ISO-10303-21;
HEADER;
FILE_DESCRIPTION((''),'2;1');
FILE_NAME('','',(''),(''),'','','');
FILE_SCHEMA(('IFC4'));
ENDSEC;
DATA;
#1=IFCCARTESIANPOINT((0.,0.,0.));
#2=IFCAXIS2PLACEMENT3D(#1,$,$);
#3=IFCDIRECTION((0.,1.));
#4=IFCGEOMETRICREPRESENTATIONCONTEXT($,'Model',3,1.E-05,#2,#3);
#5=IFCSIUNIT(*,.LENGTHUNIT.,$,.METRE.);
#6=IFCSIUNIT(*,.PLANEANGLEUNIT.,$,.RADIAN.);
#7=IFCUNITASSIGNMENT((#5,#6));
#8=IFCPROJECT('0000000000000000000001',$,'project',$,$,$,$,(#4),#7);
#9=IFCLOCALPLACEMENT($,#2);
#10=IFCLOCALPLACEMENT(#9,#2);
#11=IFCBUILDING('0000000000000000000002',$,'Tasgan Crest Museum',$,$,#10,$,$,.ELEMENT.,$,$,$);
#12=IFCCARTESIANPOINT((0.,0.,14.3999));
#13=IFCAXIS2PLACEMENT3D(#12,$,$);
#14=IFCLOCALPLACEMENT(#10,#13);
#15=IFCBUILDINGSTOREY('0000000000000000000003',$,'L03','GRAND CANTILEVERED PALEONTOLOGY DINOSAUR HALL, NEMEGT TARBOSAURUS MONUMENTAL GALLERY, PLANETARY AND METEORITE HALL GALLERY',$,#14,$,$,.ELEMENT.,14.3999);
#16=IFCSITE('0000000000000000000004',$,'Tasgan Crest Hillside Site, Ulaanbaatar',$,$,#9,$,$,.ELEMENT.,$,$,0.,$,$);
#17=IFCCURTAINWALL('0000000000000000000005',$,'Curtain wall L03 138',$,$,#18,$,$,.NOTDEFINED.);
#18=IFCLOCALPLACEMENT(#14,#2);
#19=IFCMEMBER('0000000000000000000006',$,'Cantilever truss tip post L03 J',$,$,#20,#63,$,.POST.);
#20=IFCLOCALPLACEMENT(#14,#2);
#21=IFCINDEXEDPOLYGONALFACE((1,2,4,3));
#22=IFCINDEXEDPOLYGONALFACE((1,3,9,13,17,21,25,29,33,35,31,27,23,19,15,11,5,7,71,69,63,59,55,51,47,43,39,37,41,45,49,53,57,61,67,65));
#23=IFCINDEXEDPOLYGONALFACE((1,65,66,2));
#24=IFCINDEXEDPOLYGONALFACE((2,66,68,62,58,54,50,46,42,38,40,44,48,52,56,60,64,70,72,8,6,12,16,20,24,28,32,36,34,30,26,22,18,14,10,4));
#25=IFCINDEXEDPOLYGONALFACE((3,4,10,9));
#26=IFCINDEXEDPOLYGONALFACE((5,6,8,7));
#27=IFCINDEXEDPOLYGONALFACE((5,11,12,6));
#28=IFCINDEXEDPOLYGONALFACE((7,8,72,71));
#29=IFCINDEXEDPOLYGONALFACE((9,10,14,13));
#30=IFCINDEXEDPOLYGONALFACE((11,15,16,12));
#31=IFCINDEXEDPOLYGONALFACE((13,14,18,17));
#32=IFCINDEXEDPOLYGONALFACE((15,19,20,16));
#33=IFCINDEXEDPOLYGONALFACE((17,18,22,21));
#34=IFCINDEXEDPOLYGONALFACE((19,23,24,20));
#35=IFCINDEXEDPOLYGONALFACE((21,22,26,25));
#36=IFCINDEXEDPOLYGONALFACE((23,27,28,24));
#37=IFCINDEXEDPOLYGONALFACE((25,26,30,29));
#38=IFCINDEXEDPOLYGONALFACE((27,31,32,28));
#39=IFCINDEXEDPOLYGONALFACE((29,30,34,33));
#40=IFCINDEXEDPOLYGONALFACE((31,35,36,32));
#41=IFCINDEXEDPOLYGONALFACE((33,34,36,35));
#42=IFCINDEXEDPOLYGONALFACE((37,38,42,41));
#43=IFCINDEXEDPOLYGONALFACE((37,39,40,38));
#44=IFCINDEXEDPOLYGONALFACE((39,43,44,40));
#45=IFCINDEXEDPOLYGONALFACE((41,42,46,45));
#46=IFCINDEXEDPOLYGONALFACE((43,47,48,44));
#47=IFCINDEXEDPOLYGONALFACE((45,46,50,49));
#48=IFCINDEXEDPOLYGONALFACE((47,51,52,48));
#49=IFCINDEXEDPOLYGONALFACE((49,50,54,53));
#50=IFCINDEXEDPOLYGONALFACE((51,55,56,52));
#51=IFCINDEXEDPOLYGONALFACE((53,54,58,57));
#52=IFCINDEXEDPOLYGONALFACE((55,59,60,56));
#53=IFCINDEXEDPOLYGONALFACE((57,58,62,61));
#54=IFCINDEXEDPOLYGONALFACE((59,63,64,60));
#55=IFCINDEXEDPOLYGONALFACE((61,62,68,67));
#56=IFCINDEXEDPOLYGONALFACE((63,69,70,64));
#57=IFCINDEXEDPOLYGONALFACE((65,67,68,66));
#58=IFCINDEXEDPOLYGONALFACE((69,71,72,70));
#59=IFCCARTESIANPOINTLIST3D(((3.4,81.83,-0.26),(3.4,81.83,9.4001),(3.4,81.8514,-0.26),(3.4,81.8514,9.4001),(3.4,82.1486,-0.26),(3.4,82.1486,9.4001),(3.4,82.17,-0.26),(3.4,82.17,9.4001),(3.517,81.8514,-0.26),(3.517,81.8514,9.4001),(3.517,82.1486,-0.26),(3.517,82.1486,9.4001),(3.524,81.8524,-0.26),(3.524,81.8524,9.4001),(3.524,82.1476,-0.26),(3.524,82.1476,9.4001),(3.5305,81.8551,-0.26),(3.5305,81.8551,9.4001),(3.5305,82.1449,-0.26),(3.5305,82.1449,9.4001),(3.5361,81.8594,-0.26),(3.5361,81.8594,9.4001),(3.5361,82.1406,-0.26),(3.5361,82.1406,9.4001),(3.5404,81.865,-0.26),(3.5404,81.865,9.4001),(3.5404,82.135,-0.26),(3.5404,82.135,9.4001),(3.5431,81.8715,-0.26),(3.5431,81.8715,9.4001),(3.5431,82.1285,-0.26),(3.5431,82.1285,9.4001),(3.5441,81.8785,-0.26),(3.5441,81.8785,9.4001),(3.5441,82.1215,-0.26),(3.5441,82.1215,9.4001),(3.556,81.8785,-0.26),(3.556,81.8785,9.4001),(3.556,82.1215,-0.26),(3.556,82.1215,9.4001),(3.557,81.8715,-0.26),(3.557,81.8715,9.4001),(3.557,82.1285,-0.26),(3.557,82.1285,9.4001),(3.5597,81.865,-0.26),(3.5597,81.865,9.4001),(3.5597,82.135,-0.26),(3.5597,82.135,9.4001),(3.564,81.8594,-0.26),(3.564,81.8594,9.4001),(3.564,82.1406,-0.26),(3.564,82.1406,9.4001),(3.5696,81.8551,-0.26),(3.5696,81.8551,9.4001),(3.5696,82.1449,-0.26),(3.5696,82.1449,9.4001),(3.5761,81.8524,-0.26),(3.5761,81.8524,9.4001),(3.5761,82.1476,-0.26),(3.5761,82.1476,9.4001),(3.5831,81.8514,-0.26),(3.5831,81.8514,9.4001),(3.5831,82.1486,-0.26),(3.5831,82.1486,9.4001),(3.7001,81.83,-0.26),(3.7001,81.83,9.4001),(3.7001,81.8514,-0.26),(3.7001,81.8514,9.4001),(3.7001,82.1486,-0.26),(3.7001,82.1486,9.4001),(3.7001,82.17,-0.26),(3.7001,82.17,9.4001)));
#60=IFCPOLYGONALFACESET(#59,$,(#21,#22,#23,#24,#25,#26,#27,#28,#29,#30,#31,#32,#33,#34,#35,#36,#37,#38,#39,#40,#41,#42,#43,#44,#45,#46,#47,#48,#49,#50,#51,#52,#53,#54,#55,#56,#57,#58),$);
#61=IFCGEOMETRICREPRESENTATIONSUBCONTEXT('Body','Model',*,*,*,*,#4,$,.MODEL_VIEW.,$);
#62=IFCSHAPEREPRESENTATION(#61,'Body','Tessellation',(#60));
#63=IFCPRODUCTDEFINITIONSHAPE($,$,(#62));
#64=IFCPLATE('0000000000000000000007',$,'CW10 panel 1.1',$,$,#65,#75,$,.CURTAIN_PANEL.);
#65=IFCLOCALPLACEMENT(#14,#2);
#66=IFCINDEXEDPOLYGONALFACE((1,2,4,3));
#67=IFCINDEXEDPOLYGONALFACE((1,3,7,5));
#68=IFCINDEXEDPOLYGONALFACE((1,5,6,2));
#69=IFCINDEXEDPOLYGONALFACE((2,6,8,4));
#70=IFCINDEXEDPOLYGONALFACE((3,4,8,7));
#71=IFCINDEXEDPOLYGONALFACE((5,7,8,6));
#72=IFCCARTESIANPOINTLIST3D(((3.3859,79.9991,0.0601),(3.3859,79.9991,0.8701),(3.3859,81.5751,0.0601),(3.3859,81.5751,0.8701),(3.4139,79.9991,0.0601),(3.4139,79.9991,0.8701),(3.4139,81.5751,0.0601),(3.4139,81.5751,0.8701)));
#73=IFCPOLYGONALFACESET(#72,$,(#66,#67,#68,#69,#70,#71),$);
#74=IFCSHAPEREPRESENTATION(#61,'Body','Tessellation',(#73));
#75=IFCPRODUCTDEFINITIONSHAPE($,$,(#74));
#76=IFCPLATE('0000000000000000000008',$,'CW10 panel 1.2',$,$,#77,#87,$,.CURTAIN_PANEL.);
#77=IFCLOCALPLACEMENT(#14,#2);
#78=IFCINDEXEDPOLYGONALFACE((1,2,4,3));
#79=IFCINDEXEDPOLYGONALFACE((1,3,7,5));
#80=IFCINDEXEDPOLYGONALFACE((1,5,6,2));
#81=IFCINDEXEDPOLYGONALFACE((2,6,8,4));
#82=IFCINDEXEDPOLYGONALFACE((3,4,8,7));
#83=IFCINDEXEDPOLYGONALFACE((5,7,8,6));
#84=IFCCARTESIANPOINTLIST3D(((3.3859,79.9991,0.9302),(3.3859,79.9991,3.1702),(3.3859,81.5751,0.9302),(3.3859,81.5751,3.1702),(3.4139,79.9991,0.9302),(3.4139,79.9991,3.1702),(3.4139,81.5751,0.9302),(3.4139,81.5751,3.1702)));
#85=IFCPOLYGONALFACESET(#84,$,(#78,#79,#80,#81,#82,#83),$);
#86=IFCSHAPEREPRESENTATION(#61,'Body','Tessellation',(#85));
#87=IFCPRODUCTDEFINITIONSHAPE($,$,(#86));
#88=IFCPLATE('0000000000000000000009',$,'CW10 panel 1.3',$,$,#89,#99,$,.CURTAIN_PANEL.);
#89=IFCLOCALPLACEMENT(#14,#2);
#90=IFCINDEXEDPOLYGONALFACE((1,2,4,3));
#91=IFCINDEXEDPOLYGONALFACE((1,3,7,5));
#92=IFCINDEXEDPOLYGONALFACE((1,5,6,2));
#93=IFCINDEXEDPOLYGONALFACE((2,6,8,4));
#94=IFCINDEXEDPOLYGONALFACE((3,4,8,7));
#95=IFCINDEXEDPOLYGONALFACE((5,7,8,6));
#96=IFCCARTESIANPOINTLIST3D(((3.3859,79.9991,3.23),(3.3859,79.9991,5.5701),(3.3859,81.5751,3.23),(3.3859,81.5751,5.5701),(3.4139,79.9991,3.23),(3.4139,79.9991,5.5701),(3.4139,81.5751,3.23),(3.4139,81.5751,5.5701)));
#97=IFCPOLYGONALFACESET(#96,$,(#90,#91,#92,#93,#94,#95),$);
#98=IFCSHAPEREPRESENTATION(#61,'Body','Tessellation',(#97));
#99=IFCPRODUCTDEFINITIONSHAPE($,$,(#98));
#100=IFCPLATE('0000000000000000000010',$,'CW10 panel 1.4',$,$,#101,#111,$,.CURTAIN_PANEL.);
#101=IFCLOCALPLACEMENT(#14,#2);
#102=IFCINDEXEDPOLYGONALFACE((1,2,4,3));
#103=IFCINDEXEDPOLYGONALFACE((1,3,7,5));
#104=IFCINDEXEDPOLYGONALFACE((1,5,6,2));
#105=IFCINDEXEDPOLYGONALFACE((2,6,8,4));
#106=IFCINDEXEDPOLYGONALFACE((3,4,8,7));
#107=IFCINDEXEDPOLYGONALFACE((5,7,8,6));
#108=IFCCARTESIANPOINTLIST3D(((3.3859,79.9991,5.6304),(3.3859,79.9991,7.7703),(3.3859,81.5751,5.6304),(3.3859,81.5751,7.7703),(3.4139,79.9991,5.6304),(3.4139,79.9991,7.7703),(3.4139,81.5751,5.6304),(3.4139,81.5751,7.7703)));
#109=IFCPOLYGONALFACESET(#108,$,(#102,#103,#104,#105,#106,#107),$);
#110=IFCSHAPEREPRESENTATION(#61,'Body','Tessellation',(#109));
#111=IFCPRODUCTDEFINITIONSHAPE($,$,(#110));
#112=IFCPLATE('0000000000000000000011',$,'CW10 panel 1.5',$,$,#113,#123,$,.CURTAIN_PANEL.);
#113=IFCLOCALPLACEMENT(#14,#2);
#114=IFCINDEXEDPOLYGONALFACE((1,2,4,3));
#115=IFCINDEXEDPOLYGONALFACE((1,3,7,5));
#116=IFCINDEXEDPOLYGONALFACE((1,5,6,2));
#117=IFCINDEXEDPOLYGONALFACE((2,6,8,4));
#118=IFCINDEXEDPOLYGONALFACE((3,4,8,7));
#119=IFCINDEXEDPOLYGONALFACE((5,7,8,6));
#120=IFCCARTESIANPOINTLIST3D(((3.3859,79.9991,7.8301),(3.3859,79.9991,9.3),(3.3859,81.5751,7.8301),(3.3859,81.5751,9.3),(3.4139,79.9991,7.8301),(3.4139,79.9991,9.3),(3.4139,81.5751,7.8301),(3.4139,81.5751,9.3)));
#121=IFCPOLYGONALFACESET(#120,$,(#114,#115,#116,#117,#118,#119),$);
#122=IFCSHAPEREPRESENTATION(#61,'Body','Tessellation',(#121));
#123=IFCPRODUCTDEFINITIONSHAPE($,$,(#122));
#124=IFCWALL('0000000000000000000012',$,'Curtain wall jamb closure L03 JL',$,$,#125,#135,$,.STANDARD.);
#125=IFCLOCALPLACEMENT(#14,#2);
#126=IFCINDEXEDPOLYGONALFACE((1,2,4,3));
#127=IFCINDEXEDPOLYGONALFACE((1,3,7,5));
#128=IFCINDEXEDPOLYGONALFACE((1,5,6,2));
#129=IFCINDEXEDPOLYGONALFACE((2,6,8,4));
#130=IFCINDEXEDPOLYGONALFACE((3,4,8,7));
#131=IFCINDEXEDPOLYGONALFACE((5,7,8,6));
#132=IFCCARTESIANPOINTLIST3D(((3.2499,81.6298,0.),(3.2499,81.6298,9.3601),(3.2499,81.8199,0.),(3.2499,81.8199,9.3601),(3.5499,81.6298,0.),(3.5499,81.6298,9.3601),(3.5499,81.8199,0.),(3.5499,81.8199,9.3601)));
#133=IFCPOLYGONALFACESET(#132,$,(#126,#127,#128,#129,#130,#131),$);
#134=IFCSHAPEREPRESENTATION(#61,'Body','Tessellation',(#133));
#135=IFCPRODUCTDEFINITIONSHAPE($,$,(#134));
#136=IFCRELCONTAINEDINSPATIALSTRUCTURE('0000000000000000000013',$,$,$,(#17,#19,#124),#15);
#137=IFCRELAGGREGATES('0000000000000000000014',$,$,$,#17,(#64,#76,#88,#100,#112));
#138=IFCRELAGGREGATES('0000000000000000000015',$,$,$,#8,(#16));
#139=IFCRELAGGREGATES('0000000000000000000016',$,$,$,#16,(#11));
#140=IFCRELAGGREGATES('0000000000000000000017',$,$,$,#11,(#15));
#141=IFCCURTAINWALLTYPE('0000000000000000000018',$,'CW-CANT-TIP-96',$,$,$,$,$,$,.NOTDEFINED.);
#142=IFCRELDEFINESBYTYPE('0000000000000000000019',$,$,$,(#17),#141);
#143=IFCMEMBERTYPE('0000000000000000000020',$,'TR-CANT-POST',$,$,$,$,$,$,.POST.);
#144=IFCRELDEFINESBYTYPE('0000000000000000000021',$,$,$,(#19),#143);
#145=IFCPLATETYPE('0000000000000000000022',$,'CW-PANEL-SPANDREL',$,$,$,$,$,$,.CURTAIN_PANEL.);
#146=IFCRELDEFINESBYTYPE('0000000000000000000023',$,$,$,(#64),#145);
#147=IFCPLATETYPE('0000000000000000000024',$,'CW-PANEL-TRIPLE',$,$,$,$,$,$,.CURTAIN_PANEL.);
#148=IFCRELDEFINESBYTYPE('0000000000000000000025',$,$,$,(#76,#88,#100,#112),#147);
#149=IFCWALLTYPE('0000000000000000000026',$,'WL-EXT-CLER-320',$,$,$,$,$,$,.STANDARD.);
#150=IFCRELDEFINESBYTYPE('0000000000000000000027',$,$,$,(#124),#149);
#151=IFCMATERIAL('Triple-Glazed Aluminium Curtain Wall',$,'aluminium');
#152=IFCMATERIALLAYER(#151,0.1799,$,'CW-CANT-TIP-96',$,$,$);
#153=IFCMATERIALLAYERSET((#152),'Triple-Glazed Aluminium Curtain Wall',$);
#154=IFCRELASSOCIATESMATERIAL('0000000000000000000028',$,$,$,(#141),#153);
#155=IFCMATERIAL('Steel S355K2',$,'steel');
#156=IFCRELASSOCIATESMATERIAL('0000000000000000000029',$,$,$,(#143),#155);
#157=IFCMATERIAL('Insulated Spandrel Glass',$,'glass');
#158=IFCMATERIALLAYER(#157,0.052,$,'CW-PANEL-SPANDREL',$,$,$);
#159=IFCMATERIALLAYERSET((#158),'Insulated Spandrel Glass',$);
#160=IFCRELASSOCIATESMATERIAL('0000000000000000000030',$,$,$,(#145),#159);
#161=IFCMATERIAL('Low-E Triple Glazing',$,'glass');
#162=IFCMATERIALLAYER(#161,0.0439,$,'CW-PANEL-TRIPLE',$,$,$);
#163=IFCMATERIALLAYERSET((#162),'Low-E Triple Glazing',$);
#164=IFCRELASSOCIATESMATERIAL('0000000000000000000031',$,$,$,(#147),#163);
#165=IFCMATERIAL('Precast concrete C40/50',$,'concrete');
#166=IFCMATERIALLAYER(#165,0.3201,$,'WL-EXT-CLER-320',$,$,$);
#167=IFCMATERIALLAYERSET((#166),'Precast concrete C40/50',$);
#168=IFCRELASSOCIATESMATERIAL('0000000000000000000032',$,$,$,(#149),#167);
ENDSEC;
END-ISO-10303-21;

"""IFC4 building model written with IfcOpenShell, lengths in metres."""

from ifc_helpers import new_model, si_unit, direction, frame, frame_2d, origin, origin_2d, place, context, subcontext, project, spatial, rectangle, i_section, extrude, material, layer, layer_set, material_profile, profile_set, type_object, element, aggregate, save


model = new_model("IFC4")

# Units and contexts
model_context = context("Model", 3, precision=1e-05, world=origin(), true_north=direction((0.0, 1.0)))
body_context = subcontext(model_context, "Body", "Model", "MODEL_VIEW")
ifc_project = project(units=[si_unit("LENGTHUNIT", "METRE"), si_unit("PLANEANGLEUNIT", "RADIAN")], contexts=[model_context])

# Site, building, storey
site_placement = place(None, origin())
site = spatial("IfcSite", under=ifc_project, at=site_placement, Name="Tasgan Crest Hillside Site, Ulaanbaatar", CompositionType="ELEMENT", RefElevation=0.0)
building_placement = place(site_placement, origin())
building = spatial("IfcBuilding", under=site, at=building_placement, Name="Tasgan Crest Museum", CompositionType="ELEMENT")
storey_placement = place(building_placement, frame((0.0, 0.0, 14.3999)))
storey = spatial("IfcBuildingStorey", under=building, at=storey_placement, Name="L03", Description="GRAND CANTILEVERED PALEONTOLOGY DINOSAUR HALL, NEMEGT TARBOSAURUS MONUMENTAL GALLERY, PLANETARY AND METEORITE HALL GALLERY", CompositionType="ELEMENT", Elevation=14.3999)

# Curtain wall
ifc_material_1 = material(Name="Triple-Glazed Aluminium Curtain Wall", Category="aluminium")
ifc_layer_1 = layer(ifc_material_1, 0.1799, Name="CW-CANT-TIP-96")
ifc_layer_set_1 = layer_set([ifc_layer_1], Name="Triple-Glazed Aluminium Curtain Wall")
curtain_wall_type = type_object("IfcCurtainWallType", Name="CW-CANT-TIP-96", PredefinedType="NOTDEFINED", material=ifc_layer_set_1)
curtain_wall_placement = place(storey_placement, origin())
curtain_wall = element("IfcCurtainWall", 1, at=curtain_wall_placement, inside=storey, type_object=curtain_wall_type, Name="Curtain wall L03 138", PredefinedType="NOTDEFINED")

# Member
ifc_material_2 = material(Name="Steel S355K2", Category="steel")
ifc_material_profile_1 = material_profile(ifc_material_2, i_section(OverallWidth=0.3, OverallDepth=0.3401, WebThickness=0.012, FlangeThickness=0.0215, FilletRadius=0.0271, at=origin_2d()), Name="HEB 340")
ifc_profile_set_1 = profile_set([ifc_material_profile_1], Name="Steel S355K2")
member_type_1 = type_object("IfcMemberType", Name="TR-CANT-POST", PredefinedType="POST", material=ifc_profile_set_1)
for number, where, z_axis, x_axis, name in (
    (2, (3.55, 82.0, -0.26), (0.0, 0.0, 1.0), (1.0, 0.0, 0.0), "Cantilever truss tip post L03 J"),
):
    element("IfcMember", number, at=place(storey_placement, frame(where, z_axis=z_axis, x_axis=x_axis)), inside=storey, type_object=member_type_1, Name=name, PredefinedType="POST", context=body_context, shape_type="SweptSolid", body=[
        extrude(i_section(OverallWidth=0.3, OverallDepth=0.3401, WebThickness=0.012, FlangeThickness=0.0215, FilletRadius=0.0271, at=origin_2d()), origin(), (0.0, 0.0, 1.0), 9.6602),
    ])

# Plates
ifc_material_3 = material(Name="Insulated Spandrel Glass", Category="glass")
ifc_layer_2 = layer(ifc_material_3, 0.052, Name="CW-PANEL-SPANDREL")
ifc_layer_set_2 = layer_set([ifc_layer_2], Name="Insulated Spandrel Glass")
plate_type_1 = type_object("IfcPlateType", Name="CW-PANEL-SPANDREL", PredefinedType="CURTAIN_PANEL", material=ifc_layer_set_2)
plate_1_placement = place(storey_placement, frame((3.3999, 80.7871, 0.0601), z_axis=(0.0, 0.0, 1.0), x_axis=(0.0, -1.0, 0.0)))
plate_1 = element("IfcPlate", 3, at=plate_1_placement, type_object=plate_type_1, Name="CW10 panel 1.1", PredefinedType="CURTAIN_PANEL", context=body_context, shape_type="SweptSolid", body=[
    extrude(rectangle(XDim=1.5759, YDim=0.0281, at=origin_2d()), origin(), (0.0, 0.0, 1.0), 0.8101),
])
ifc_material_4 = material(Name="Low-E Triple Glazing", Category="glass")
ifc_layer_3 = layer(ifc_material_4, 0.0439, Name="CW-PANEL-TRIPLE")
ifc_layer_set_3 = layer_set([ifc_layer_3], Name="Low-E Triple Glazing")
plate_type_2 = type_object("IfcPlateType", Name="CW-PANEL-TRIPLE", PredefinedType="CURTAIN_PANEL", material=ifc_layer_set_3)
plate_2_placement = place(storey_placement, frame((3.3999, 80.7871, 0.9302), z_axis=(0.0, 0.0, 1.0), x_axis=(0.0, -1.0, 0.0)))
plate_2 = element("IfcPlate", 4, at=plate_2_placement, type_object=plate_type_2, Name="CW10 panel 1.2", PredefinedType="CURTAIN_PANEL", context=body_context, shape_type="SweptSolid", body=[
    extrude(rectangle(XDim=1.5759, YDim=0.0281, at=origin_2d()), origin(), (0.0, 0.0, 1.0), 2.24),
])
plate_3_placement = place(storey_placement, frame((3.3999, 80.7871, 3.23), z_axis=(0.0, 0.0, 1.0), x_axis=(0.0, -1.0, 0.0)))
plate_3 = element("IfcPlate", 5, at=plate_3_placement, type_object=plate_type_2, Name="CW10 panel 1.3", PredefinedType="CURTAIN_PANEL", context=body_context, shape_type="SweptSolid", body=[
    extrude(rectangle(XDim=1.5759, YDim=0.0281, at=origin_2d()), origin(), (0.0, 0.0, 1.0), 2.3401),
])
plate_4_placement = place(storey_placement, frame((3.3999, 80.7871, 5.6304), z_axis=(0.0, 0.0, 1.0), x_axis=(0.0, -1.0, 0.0)))
plate_4 = element("IfcPlate", 6, at=plate_4_placement, type_object=plate_type_2, Name="CW10 panel 1.4", PredefinedType="CURTAIN_PANEL", context=body_context, shape_type="SweptSolid", body=[
    extrude(rectangle(XDim=1.5759, YDim=0.0281, at=origin_2d()), origin(), (0.0, 0.0, 1.0), 2.1399),
])
plate_5_placement = place(storey_placement, frame((3.3999, 80.7871, 7.8301), z_axis=(0.0, 0.0, 1.0), x_axis=(0.0, -1.0, 0.0)))
plate_5 = element("IfcPlate", 7, at=plate_5_placement, type_object=plate_type_2, Name="CW10 panel 1.5", PredefinedType="CURTAIN_PANEL", context=body_context, shape_type="SweptSolid", body=[
    extrude(rectangle(XDim=1.5759, YDim=0.0281, at=origin_2d()), origin(), (0.0, 0.0, 1.0), 1.47),
])
aggregate(curtain_wall, [plate_1, plate_2, plate_3, plate_4, plate_5])

# Wall
ifc_material_5 = material(Name="Precast concrete C40/50", Category="concrete")
ifc_layer_4 = layer(ifc_material_5, 0.3201, Name="WL-EXT-CLER-320")
ifc_layer_set_4 = layer_set([ifc_layer_4], Name="Precast concrete C40/50")
wall_type = type_object("IfcWallType", Name="WL-EXT-CLER-320", PredefinedType="STANDARD", material=ifc_layer_set_4)
wall_placement = place(storey_placement, frame((3.3999, 81.8201, 0.0), z_axis=(0.0, 0.0, 1.0), x_axis=(0.0, -1.0, 0.0)))
element("IfcWall", 8, at=wall_placement, inside=storey, type_object=wall_type, Name="Curtain wall jamb closure L03 JL", PredefinedType="STANDARD", context=body_context, shape_type="SweptSolid", body=[
    extrude(rectangle(XDim=0.1902, YDim=0.3, at=frame_2d((0.0952, 0.0))), origin(), (0.0, 0.0, 1.0), 9.3601),
])

save(model, "model.ifc")
